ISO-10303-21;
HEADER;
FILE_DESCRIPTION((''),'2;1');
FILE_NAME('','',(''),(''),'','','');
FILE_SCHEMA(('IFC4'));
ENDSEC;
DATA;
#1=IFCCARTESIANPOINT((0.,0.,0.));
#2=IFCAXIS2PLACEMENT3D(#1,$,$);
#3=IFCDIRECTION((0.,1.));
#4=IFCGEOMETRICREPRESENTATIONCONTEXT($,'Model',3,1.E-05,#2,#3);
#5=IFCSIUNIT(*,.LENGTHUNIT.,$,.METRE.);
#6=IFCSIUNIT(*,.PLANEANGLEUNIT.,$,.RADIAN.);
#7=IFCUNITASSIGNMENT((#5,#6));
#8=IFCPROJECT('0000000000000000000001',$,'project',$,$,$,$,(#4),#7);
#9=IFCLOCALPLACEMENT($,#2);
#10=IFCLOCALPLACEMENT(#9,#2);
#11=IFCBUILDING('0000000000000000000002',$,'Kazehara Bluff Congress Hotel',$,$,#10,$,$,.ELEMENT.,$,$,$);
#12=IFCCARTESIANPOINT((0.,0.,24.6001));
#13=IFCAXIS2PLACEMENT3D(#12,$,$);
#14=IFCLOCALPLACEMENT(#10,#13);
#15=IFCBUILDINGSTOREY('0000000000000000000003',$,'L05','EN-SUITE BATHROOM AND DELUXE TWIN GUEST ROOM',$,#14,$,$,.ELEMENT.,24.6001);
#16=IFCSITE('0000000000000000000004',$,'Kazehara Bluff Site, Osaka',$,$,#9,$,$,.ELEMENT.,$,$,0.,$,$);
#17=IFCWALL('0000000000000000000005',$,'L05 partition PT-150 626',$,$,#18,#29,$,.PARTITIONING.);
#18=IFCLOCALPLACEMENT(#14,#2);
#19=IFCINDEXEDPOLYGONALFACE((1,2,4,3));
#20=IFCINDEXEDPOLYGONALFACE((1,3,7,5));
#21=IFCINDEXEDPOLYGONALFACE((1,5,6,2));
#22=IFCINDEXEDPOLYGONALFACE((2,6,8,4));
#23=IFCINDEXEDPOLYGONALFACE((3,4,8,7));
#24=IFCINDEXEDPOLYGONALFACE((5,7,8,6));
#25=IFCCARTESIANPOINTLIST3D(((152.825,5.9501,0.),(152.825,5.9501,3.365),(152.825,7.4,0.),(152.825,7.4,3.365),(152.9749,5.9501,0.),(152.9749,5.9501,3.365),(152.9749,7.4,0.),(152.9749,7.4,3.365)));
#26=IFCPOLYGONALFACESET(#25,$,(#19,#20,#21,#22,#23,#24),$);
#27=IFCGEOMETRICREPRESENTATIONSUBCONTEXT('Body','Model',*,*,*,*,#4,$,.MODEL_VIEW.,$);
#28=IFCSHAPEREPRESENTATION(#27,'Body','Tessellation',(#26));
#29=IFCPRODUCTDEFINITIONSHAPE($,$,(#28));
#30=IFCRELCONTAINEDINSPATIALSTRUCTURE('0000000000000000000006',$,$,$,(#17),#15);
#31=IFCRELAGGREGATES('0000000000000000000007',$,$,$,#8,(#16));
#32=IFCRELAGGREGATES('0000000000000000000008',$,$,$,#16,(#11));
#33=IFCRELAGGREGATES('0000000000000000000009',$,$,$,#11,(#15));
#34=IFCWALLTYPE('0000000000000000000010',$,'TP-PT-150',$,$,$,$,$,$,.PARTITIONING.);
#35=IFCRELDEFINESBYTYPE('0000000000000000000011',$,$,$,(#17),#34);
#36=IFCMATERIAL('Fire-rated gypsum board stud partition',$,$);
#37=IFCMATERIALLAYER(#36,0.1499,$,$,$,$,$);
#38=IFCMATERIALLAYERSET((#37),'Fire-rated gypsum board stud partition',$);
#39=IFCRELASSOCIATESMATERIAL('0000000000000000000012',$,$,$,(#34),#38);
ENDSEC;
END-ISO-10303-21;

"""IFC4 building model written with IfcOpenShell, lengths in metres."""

from ifc_helpers import new_model, si_unit, direction, frame, frame_2d, origin, place, context, subcontext, project, spatial, rectangle, extrude, material, layer, layer_set, type_object, element, save


model = new_model("IFC4")

# Units and contexts
model_context = context("Model", 3, precision=1e-05, world=origin(), true_north=direction((0.0, 1.0)))
body_context = subcontext(model_context, "Body", "Model", "MODEL_VIEW")
ifc_project = project(units=[si_unit("LENGTHUNIT", "METRE"), si_unit("PLANEANGLEUNIT", "RADIAN")], contexts=[model_context])

# Site, building, storey
site_placement = place(None, origin())
site = spatial("IfcSite", under=ifc_project, at=site_placement, Name="Kazehara Bluff Site, Osaka", CompositionType="ELEMENT", RefElevation=0.0)
building_placement = place(site_placement, origin())
building = spatial("IfcBuilding", under=site, at=building_placement, Name="Kazehara Bluff Congress Hotel", CompositionType="ELEMENT")
storey_placement = place(building_placement, frame((0.0, 0.0, 24.6001)))
storey = spatial("IfcBuildingStorey", under=building, at=storey_placement, Name="L05", Description="EN-SUITE BATHROOM AND DELUXE TWIN GUEST ROOM", CompositionType="ELEMENT", Elevation=24.6001)

# Shared definitions
ifc_material_1 = material(Name="Fire-rated gypsum board stud partition")
ifc_layer_1 = layer(ifc_material_1, 0.1499)
ifc_layer_set_1 = layer_set([ifc_layer_1], Name="Fire-rated gypsum board stud partition")
wall_type = type_object("IfcWallType", Name="TP-PT-150", PredefinedType="PARTITIONING", material=ifc_layer_set_1)

# Wall
for number, where, z_axis, x_axis, name in (
    (1, (152.8999, 5.95, 0.0), (0.0, 0.0, 1.0), (0.0, 1.0, 0.0), "L05 partition PT-150 626"),
):
    element("IfcWall", number, at=place(storey_placement, frame(where, z_axis=z_axis, x_axis=x_axis)), inside=storey, type_object=wall_type, Name=name, PredefinedType="PARTITIONING", context=body_context, shape_type="SweptSolid", body=[
        extrude(rectangle(XDim=1.45, YDim=0.1499, at=frame_2d((0.7251, 0.0))), origin(), (0.0, 0.0, 1.0), 3.365),
    ])

save(model, "model.ifc")
